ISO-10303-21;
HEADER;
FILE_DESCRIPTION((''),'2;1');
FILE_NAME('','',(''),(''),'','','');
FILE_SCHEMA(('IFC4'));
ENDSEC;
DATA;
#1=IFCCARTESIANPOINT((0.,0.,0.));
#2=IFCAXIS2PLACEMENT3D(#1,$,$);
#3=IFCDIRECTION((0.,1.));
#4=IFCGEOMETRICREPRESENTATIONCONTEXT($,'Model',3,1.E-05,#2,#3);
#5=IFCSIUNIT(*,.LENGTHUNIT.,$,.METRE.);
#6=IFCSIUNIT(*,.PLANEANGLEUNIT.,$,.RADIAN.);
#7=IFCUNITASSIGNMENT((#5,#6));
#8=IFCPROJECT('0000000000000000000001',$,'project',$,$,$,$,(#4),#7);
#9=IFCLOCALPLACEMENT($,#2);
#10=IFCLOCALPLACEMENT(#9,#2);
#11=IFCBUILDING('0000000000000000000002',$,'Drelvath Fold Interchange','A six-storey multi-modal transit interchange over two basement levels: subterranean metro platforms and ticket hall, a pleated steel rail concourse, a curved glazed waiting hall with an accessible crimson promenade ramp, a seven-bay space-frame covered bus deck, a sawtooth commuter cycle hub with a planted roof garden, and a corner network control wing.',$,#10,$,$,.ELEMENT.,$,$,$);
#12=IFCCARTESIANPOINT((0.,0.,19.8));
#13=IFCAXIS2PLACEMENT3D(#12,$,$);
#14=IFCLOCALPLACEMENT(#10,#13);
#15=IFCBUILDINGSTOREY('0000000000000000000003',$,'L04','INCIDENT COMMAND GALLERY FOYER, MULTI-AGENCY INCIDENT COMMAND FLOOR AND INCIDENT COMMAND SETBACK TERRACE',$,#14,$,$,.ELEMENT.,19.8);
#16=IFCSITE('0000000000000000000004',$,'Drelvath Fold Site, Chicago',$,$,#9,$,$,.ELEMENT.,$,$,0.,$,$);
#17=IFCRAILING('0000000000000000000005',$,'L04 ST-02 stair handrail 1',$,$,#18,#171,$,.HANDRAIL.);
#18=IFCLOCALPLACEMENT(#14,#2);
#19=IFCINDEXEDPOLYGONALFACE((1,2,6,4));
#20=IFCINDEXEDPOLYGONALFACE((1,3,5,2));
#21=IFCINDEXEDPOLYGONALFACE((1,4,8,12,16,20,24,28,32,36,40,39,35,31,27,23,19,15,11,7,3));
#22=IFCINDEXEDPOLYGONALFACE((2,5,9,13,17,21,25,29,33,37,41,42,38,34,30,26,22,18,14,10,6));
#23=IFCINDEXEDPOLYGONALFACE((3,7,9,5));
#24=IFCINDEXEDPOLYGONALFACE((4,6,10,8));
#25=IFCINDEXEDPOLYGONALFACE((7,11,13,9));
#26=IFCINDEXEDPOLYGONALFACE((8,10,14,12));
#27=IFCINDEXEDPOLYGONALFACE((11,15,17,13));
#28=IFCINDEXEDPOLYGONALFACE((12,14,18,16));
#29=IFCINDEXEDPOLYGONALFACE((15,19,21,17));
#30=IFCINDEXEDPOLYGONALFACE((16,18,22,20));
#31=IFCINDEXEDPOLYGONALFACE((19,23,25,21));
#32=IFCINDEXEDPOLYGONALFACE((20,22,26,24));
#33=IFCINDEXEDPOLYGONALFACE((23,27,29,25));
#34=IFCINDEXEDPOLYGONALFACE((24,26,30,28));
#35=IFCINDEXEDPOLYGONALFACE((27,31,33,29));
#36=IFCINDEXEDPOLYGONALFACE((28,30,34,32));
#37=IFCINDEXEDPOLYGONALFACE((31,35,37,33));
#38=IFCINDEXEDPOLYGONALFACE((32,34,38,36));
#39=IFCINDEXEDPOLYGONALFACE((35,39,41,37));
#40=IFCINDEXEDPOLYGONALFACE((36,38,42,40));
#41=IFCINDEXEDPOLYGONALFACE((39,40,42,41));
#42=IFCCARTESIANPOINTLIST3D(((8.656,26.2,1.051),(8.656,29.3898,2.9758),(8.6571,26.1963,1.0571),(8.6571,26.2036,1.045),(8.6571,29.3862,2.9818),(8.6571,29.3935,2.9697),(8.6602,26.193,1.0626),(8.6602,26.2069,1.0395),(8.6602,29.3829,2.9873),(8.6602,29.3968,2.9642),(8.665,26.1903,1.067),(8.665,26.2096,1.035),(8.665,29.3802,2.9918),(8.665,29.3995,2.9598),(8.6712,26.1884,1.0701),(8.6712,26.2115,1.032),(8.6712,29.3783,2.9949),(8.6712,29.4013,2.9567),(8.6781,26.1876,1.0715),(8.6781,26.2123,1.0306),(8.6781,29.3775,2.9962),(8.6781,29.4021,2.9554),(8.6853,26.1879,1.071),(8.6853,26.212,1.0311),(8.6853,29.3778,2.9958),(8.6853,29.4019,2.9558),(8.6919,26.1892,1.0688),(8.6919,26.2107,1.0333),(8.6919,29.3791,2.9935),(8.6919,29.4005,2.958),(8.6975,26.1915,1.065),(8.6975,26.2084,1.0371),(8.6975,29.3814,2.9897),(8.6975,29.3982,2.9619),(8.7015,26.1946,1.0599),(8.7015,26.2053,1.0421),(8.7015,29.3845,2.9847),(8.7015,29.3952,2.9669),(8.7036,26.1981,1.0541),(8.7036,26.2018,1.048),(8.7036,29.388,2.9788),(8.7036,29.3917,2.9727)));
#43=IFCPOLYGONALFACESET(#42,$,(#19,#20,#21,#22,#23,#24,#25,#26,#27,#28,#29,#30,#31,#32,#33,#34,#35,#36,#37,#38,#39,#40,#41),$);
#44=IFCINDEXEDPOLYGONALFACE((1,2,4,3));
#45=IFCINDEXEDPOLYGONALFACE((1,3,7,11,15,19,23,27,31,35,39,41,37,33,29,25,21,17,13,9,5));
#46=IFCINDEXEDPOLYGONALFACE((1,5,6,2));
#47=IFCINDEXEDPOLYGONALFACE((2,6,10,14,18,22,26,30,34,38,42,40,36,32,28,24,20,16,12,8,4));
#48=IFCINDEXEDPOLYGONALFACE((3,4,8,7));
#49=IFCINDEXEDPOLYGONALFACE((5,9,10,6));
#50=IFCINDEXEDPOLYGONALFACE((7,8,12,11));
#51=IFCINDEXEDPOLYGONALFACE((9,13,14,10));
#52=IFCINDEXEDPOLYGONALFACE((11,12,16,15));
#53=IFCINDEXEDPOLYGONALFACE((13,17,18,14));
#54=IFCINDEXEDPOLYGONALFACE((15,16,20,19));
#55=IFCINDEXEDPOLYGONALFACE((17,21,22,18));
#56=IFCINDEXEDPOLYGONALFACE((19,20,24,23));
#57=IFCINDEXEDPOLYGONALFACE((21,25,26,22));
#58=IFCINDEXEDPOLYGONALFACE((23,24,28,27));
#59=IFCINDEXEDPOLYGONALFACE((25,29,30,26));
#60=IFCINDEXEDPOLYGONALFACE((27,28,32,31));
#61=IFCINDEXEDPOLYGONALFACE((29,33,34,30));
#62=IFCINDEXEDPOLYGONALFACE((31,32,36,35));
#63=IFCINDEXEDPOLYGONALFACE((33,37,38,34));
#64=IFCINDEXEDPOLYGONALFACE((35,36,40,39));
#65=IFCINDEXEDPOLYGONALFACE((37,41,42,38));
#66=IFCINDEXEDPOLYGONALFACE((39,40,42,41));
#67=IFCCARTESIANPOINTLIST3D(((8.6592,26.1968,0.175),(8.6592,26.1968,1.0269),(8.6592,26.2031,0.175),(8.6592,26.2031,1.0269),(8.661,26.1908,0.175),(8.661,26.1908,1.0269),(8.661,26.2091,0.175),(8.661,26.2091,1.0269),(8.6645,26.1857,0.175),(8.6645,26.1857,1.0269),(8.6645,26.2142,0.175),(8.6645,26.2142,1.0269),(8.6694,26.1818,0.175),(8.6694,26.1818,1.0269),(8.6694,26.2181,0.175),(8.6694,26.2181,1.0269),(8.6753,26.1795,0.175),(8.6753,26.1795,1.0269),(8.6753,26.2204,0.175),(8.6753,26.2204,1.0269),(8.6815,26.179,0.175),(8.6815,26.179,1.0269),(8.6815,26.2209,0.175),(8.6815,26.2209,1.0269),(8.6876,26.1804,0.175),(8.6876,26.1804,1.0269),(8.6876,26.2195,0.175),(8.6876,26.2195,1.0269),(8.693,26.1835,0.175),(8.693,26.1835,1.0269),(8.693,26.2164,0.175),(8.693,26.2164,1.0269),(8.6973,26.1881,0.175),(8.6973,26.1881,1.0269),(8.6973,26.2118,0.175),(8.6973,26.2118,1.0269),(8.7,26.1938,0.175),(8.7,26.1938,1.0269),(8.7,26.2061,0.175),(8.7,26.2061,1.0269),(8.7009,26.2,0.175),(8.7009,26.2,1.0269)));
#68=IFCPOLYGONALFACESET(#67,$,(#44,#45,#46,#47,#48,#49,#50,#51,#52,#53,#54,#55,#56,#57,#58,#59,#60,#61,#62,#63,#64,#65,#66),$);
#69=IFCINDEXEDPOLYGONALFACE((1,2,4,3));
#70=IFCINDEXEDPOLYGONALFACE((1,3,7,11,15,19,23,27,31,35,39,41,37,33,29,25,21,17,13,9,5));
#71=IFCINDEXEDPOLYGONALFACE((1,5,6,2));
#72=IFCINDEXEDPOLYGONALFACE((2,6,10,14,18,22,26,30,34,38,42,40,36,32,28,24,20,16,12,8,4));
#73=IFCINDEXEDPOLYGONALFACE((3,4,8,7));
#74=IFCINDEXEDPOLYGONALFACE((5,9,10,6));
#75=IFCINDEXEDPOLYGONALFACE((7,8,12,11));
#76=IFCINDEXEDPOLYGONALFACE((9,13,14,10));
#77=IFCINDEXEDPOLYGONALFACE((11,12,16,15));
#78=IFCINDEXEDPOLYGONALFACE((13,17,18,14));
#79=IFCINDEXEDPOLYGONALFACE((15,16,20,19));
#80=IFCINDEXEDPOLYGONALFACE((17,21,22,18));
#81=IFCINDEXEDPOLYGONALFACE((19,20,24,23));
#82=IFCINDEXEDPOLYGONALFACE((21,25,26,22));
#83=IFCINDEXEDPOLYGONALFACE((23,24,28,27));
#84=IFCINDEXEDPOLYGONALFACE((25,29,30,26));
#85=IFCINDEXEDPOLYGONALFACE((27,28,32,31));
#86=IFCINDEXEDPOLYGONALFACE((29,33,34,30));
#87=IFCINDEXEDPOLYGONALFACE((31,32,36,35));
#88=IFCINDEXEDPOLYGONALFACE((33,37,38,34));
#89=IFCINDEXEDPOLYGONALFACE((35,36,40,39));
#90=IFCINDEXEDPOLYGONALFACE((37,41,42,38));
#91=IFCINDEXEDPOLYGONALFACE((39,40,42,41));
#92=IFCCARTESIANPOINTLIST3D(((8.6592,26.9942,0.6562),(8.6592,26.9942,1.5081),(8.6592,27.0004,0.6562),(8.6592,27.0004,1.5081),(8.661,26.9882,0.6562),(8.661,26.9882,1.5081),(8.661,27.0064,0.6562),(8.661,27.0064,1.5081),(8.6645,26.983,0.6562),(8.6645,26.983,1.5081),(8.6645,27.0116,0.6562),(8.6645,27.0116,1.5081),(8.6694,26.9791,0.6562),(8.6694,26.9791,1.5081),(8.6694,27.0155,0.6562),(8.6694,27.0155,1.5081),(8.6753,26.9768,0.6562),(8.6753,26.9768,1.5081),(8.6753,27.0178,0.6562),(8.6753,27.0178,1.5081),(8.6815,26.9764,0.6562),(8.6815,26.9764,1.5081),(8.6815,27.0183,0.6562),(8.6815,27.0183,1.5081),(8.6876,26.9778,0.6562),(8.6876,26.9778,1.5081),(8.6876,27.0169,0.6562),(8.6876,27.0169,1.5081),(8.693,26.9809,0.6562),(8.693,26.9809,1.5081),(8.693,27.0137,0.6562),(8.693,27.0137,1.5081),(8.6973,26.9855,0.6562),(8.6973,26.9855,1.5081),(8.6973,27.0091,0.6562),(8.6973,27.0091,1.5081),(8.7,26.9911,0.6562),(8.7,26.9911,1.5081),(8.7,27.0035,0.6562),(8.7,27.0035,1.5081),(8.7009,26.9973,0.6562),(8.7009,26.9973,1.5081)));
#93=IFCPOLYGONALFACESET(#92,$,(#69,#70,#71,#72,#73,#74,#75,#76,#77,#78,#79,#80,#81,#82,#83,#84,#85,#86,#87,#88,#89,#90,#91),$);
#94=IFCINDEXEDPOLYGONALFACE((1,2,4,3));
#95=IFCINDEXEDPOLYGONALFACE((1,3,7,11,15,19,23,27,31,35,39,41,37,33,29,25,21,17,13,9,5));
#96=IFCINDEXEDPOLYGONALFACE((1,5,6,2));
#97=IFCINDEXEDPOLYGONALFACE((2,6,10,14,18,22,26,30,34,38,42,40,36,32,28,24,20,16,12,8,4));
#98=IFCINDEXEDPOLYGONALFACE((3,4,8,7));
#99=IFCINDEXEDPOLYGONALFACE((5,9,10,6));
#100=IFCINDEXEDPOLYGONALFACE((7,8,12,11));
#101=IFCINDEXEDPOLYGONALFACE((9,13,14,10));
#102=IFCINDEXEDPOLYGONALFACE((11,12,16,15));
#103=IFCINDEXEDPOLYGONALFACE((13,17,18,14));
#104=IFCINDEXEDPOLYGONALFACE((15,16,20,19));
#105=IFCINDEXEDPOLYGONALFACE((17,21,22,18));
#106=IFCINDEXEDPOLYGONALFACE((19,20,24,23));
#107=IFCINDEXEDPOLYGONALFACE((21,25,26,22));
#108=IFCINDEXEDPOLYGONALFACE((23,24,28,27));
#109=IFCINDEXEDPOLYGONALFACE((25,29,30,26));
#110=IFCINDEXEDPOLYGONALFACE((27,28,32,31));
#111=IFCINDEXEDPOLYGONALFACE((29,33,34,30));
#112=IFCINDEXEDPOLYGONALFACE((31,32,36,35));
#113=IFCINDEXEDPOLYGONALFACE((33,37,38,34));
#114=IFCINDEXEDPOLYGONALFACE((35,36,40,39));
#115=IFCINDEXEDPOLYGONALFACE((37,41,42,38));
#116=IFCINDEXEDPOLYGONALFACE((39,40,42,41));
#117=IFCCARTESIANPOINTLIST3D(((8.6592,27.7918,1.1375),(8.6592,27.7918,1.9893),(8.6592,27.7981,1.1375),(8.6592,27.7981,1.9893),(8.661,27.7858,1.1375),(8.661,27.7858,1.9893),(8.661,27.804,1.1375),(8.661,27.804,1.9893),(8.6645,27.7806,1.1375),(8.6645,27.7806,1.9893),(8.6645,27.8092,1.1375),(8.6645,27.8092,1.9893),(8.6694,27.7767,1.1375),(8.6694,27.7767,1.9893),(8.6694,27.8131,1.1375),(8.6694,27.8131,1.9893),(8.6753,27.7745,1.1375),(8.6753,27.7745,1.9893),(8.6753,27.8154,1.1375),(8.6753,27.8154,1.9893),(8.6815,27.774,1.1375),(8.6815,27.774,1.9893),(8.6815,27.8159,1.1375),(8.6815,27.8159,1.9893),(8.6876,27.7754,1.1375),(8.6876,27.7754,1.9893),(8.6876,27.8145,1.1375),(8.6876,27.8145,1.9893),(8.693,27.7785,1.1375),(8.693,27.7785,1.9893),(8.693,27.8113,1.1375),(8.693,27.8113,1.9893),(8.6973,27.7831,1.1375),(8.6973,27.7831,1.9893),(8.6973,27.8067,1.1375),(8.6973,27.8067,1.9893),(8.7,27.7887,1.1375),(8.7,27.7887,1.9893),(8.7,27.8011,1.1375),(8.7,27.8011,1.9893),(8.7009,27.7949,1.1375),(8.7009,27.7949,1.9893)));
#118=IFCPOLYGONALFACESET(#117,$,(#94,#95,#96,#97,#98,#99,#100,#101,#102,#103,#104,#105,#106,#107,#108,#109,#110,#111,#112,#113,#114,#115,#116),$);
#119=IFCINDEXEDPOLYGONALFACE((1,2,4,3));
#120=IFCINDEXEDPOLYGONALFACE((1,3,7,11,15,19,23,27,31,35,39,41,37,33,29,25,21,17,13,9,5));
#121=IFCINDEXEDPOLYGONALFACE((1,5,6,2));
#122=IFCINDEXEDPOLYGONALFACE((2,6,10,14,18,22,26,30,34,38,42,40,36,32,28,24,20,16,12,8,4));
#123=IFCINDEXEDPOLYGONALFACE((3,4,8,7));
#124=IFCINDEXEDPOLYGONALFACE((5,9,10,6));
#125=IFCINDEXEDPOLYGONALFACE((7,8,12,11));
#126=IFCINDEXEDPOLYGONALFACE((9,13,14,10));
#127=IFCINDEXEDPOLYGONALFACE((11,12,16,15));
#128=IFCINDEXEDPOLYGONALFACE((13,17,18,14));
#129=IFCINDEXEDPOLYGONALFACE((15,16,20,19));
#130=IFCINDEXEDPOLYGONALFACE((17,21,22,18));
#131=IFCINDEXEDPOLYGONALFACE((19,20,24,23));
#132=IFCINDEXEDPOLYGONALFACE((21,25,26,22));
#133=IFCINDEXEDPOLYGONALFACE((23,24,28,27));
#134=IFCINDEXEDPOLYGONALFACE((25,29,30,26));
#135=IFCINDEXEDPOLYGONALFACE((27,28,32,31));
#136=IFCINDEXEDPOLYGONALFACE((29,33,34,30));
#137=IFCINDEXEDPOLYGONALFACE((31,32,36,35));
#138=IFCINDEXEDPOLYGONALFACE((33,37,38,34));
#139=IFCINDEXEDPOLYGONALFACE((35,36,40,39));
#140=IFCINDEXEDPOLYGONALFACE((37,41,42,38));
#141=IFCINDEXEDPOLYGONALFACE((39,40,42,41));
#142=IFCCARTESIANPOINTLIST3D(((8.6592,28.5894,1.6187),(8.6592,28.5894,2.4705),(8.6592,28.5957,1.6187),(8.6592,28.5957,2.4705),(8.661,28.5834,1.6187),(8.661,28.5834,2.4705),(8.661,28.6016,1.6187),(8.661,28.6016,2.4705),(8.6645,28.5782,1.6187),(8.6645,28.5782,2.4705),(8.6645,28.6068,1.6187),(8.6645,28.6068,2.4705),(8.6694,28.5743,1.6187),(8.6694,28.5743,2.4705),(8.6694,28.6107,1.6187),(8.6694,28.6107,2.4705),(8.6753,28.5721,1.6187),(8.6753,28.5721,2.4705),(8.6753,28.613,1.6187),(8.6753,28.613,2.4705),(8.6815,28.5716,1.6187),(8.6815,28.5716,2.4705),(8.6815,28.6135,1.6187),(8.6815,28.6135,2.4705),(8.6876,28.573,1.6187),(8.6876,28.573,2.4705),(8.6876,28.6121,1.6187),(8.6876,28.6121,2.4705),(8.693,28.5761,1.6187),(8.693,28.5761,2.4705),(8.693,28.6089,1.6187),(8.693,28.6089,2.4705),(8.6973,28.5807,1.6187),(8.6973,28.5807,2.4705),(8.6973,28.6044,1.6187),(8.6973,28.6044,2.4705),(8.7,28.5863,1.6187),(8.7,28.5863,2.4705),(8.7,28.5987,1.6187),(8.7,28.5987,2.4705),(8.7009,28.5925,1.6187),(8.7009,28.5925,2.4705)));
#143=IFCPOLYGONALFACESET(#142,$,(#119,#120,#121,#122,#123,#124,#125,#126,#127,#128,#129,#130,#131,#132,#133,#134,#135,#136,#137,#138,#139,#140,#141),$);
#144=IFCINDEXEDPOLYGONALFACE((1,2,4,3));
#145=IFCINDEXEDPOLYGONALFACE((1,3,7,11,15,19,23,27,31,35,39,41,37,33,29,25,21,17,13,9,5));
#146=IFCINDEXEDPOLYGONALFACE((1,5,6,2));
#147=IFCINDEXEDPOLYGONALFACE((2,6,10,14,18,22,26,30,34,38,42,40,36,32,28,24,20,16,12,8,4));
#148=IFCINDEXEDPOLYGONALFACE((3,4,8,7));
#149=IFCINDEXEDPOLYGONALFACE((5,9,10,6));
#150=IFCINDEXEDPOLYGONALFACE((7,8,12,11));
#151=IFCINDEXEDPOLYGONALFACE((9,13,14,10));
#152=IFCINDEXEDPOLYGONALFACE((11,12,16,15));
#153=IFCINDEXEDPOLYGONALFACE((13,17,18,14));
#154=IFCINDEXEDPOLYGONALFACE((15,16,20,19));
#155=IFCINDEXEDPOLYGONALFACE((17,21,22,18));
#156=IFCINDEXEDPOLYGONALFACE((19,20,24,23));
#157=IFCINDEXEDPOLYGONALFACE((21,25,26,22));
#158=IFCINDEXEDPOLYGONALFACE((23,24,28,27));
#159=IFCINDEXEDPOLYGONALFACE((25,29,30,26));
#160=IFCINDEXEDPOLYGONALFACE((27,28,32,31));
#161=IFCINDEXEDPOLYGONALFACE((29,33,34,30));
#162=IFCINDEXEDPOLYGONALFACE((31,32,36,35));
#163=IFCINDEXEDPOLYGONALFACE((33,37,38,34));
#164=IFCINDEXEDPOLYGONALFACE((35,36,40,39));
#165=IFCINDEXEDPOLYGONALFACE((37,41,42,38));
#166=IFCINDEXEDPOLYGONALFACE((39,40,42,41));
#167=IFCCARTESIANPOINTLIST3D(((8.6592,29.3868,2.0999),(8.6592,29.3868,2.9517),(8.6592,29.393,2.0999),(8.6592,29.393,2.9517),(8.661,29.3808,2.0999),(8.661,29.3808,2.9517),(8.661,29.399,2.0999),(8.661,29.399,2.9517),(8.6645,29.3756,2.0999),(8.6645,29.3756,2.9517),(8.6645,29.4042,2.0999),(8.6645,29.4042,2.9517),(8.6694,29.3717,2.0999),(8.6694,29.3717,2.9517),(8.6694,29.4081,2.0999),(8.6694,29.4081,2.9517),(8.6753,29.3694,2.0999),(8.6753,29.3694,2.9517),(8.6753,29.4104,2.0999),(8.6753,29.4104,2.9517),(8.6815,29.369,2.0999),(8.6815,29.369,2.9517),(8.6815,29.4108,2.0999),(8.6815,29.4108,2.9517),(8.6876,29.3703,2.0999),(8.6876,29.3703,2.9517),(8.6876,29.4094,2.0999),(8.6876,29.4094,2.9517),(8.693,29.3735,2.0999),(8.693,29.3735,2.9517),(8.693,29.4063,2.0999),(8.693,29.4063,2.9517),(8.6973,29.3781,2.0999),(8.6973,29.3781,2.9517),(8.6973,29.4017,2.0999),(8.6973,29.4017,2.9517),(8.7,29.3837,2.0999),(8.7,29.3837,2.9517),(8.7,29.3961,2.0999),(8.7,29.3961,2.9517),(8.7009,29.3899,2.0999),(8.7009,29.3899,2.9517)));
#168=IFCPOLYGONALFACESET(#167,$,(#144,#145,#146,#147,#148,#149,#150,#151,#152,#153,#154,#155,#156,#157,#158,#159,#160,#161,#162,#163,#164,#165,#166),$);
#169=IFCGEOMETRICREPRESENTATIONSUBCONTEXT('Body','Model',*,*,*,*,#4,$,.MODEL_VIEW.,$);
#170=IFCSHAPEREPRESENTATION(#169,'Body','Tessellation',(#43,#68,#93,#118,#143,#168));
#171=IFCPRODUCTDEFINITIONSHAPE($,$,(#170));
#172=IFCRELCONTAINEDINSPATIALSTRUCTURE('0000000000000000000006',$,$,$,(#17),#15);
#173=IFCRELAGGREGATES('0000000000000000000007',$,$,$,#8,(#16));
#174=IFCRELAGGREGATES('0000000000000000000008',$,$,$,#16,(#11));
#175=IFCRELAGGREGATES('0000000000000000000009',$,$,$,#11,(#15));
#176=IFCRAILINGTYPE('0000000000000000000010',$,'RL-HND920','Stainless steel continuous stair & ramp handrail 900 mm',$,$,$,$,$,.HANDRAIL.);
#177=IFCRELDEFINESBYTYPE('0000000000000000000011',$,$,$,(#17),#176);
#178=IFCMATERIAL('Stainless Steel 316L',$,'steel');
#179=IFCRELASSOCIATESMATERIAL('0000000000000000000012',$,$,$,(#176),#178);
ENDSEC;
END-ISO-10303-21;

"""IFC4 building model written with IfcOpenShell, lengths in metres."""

from ifc_helpers import new_model, si_unit, direction, frame, origin, origin_2d, place, context, subcontext, project, spatial, circle, extrude, material, type_object, element, save


model = new_model("IFC4")

# Units and contexts
model_context = context("Model", 3, precision=1e-05, world=origin(), true_north=direction((0.0, 1.0)))
body_context = subcontext(model_context, "Body", "Model", "MODEL_VIEW")
ifc_project = project(units=[si_unit("LENGTHUNIT", "METRE"), si_unit("PLANEANGLEUNIT", "RADIAN")], contexts=[model_context])

# Site, building, storey
site_placement = place(None, origin())
site = spatial("IfcSite", under=ifc_project, at=site_placement, Name="Drelvath Fold Site, Chicago", CompositionType="ELEMENT", RefElevation=0.0)
building_placement = place(site_placement, origin())
building = spatial("IfcBuilding", under=site, at=building_placement, Name="Drelvath Fold Interchange", Description="A six-storey multi-modal transit interchange over two basement levels: subterranean metro platforms and ticket hall, a pleated steel rail concourse, a curved glazed waiting hall with an accessible crimson promenade ramp, a seven-bay space-frame covered bus deck, a sawtooth commuter cycle hub with a planted roof garden, and a corner network control wing.", CompositionType="ELEMENT")
storey_placement = place(building_placement, frame((0.0, 0.0, 19.8)))
storey = spatial("IfcBuildingStorey", under=building, at=storey_placement, Name="L04", Description="INCIDENT COMMAND GALLERY FOYER, MULTI-AGENCY INCIDENT COMMAND FLOOR AND INCIDENT COMMAND SETBACK TERRACE", CompositionType="ELEMENT", Elevation=19.8)

# Railing
ifc_material_1 = material(Name="Stainless Steel 316L", Category="steel")
railing_type_1 = type_object("IfcRailingType", Name="RL-HND920", Description="Stainless steel continuous stair & ramp handrail 900 mm", PredefinedType="HANDRAIL", material=ifc_material_1)
railing_1_placement = place(storey_placement, frame((8.6799, 26.2, 0.175)))
element("IfcRailing", 1, at=railing_1_placement, inside=storey, type_object=railing_type_1, Name="L04 ST-02 stair handrail 1", PredefinedType="HANDRAIL", context=body_context, shape_type="SweptSolid", body=[
    extrude(circle(Radius=0.0239, at=origin_2d()), frame((0.0, 0.0, 0.876), z_axis=(0.0, 0.856207, 0.516633), x_axis=(-1.0, 0.0, 0.0)), (0.0, 0.0, 1.0), 3.7256),
    extrude(circle(Radius=0.021, at=origin_2d()), origin(), (0.0, 0.0, 1.0), 0.8518),
    extrude(circle(Radius=0.021, at=origin_2d()), frame((0.0, 0.7974, 0.4812)), (0.0, 0.0, 1.0), 0.8518),
    extrude(circle(Radius=0.021, at=origin_2d()), frame((0.0, 1.595, 0.9624)), (0.0, 0.0, 1.0), 0.8518),
    extrude(circle(Radius=0.021, at=origin_2d()), frame((0.0, 2.3926, 1.4436)), (0.0, 0.0, 1.0), 0.8518),
    extrude(circle(Radius=0.021, at=origin_2d()), frame((0.0, 3.1899, 1.9248)), (0.0, 0.0, 1.0), 0.8518),
])

save(model, "model.ifc")
